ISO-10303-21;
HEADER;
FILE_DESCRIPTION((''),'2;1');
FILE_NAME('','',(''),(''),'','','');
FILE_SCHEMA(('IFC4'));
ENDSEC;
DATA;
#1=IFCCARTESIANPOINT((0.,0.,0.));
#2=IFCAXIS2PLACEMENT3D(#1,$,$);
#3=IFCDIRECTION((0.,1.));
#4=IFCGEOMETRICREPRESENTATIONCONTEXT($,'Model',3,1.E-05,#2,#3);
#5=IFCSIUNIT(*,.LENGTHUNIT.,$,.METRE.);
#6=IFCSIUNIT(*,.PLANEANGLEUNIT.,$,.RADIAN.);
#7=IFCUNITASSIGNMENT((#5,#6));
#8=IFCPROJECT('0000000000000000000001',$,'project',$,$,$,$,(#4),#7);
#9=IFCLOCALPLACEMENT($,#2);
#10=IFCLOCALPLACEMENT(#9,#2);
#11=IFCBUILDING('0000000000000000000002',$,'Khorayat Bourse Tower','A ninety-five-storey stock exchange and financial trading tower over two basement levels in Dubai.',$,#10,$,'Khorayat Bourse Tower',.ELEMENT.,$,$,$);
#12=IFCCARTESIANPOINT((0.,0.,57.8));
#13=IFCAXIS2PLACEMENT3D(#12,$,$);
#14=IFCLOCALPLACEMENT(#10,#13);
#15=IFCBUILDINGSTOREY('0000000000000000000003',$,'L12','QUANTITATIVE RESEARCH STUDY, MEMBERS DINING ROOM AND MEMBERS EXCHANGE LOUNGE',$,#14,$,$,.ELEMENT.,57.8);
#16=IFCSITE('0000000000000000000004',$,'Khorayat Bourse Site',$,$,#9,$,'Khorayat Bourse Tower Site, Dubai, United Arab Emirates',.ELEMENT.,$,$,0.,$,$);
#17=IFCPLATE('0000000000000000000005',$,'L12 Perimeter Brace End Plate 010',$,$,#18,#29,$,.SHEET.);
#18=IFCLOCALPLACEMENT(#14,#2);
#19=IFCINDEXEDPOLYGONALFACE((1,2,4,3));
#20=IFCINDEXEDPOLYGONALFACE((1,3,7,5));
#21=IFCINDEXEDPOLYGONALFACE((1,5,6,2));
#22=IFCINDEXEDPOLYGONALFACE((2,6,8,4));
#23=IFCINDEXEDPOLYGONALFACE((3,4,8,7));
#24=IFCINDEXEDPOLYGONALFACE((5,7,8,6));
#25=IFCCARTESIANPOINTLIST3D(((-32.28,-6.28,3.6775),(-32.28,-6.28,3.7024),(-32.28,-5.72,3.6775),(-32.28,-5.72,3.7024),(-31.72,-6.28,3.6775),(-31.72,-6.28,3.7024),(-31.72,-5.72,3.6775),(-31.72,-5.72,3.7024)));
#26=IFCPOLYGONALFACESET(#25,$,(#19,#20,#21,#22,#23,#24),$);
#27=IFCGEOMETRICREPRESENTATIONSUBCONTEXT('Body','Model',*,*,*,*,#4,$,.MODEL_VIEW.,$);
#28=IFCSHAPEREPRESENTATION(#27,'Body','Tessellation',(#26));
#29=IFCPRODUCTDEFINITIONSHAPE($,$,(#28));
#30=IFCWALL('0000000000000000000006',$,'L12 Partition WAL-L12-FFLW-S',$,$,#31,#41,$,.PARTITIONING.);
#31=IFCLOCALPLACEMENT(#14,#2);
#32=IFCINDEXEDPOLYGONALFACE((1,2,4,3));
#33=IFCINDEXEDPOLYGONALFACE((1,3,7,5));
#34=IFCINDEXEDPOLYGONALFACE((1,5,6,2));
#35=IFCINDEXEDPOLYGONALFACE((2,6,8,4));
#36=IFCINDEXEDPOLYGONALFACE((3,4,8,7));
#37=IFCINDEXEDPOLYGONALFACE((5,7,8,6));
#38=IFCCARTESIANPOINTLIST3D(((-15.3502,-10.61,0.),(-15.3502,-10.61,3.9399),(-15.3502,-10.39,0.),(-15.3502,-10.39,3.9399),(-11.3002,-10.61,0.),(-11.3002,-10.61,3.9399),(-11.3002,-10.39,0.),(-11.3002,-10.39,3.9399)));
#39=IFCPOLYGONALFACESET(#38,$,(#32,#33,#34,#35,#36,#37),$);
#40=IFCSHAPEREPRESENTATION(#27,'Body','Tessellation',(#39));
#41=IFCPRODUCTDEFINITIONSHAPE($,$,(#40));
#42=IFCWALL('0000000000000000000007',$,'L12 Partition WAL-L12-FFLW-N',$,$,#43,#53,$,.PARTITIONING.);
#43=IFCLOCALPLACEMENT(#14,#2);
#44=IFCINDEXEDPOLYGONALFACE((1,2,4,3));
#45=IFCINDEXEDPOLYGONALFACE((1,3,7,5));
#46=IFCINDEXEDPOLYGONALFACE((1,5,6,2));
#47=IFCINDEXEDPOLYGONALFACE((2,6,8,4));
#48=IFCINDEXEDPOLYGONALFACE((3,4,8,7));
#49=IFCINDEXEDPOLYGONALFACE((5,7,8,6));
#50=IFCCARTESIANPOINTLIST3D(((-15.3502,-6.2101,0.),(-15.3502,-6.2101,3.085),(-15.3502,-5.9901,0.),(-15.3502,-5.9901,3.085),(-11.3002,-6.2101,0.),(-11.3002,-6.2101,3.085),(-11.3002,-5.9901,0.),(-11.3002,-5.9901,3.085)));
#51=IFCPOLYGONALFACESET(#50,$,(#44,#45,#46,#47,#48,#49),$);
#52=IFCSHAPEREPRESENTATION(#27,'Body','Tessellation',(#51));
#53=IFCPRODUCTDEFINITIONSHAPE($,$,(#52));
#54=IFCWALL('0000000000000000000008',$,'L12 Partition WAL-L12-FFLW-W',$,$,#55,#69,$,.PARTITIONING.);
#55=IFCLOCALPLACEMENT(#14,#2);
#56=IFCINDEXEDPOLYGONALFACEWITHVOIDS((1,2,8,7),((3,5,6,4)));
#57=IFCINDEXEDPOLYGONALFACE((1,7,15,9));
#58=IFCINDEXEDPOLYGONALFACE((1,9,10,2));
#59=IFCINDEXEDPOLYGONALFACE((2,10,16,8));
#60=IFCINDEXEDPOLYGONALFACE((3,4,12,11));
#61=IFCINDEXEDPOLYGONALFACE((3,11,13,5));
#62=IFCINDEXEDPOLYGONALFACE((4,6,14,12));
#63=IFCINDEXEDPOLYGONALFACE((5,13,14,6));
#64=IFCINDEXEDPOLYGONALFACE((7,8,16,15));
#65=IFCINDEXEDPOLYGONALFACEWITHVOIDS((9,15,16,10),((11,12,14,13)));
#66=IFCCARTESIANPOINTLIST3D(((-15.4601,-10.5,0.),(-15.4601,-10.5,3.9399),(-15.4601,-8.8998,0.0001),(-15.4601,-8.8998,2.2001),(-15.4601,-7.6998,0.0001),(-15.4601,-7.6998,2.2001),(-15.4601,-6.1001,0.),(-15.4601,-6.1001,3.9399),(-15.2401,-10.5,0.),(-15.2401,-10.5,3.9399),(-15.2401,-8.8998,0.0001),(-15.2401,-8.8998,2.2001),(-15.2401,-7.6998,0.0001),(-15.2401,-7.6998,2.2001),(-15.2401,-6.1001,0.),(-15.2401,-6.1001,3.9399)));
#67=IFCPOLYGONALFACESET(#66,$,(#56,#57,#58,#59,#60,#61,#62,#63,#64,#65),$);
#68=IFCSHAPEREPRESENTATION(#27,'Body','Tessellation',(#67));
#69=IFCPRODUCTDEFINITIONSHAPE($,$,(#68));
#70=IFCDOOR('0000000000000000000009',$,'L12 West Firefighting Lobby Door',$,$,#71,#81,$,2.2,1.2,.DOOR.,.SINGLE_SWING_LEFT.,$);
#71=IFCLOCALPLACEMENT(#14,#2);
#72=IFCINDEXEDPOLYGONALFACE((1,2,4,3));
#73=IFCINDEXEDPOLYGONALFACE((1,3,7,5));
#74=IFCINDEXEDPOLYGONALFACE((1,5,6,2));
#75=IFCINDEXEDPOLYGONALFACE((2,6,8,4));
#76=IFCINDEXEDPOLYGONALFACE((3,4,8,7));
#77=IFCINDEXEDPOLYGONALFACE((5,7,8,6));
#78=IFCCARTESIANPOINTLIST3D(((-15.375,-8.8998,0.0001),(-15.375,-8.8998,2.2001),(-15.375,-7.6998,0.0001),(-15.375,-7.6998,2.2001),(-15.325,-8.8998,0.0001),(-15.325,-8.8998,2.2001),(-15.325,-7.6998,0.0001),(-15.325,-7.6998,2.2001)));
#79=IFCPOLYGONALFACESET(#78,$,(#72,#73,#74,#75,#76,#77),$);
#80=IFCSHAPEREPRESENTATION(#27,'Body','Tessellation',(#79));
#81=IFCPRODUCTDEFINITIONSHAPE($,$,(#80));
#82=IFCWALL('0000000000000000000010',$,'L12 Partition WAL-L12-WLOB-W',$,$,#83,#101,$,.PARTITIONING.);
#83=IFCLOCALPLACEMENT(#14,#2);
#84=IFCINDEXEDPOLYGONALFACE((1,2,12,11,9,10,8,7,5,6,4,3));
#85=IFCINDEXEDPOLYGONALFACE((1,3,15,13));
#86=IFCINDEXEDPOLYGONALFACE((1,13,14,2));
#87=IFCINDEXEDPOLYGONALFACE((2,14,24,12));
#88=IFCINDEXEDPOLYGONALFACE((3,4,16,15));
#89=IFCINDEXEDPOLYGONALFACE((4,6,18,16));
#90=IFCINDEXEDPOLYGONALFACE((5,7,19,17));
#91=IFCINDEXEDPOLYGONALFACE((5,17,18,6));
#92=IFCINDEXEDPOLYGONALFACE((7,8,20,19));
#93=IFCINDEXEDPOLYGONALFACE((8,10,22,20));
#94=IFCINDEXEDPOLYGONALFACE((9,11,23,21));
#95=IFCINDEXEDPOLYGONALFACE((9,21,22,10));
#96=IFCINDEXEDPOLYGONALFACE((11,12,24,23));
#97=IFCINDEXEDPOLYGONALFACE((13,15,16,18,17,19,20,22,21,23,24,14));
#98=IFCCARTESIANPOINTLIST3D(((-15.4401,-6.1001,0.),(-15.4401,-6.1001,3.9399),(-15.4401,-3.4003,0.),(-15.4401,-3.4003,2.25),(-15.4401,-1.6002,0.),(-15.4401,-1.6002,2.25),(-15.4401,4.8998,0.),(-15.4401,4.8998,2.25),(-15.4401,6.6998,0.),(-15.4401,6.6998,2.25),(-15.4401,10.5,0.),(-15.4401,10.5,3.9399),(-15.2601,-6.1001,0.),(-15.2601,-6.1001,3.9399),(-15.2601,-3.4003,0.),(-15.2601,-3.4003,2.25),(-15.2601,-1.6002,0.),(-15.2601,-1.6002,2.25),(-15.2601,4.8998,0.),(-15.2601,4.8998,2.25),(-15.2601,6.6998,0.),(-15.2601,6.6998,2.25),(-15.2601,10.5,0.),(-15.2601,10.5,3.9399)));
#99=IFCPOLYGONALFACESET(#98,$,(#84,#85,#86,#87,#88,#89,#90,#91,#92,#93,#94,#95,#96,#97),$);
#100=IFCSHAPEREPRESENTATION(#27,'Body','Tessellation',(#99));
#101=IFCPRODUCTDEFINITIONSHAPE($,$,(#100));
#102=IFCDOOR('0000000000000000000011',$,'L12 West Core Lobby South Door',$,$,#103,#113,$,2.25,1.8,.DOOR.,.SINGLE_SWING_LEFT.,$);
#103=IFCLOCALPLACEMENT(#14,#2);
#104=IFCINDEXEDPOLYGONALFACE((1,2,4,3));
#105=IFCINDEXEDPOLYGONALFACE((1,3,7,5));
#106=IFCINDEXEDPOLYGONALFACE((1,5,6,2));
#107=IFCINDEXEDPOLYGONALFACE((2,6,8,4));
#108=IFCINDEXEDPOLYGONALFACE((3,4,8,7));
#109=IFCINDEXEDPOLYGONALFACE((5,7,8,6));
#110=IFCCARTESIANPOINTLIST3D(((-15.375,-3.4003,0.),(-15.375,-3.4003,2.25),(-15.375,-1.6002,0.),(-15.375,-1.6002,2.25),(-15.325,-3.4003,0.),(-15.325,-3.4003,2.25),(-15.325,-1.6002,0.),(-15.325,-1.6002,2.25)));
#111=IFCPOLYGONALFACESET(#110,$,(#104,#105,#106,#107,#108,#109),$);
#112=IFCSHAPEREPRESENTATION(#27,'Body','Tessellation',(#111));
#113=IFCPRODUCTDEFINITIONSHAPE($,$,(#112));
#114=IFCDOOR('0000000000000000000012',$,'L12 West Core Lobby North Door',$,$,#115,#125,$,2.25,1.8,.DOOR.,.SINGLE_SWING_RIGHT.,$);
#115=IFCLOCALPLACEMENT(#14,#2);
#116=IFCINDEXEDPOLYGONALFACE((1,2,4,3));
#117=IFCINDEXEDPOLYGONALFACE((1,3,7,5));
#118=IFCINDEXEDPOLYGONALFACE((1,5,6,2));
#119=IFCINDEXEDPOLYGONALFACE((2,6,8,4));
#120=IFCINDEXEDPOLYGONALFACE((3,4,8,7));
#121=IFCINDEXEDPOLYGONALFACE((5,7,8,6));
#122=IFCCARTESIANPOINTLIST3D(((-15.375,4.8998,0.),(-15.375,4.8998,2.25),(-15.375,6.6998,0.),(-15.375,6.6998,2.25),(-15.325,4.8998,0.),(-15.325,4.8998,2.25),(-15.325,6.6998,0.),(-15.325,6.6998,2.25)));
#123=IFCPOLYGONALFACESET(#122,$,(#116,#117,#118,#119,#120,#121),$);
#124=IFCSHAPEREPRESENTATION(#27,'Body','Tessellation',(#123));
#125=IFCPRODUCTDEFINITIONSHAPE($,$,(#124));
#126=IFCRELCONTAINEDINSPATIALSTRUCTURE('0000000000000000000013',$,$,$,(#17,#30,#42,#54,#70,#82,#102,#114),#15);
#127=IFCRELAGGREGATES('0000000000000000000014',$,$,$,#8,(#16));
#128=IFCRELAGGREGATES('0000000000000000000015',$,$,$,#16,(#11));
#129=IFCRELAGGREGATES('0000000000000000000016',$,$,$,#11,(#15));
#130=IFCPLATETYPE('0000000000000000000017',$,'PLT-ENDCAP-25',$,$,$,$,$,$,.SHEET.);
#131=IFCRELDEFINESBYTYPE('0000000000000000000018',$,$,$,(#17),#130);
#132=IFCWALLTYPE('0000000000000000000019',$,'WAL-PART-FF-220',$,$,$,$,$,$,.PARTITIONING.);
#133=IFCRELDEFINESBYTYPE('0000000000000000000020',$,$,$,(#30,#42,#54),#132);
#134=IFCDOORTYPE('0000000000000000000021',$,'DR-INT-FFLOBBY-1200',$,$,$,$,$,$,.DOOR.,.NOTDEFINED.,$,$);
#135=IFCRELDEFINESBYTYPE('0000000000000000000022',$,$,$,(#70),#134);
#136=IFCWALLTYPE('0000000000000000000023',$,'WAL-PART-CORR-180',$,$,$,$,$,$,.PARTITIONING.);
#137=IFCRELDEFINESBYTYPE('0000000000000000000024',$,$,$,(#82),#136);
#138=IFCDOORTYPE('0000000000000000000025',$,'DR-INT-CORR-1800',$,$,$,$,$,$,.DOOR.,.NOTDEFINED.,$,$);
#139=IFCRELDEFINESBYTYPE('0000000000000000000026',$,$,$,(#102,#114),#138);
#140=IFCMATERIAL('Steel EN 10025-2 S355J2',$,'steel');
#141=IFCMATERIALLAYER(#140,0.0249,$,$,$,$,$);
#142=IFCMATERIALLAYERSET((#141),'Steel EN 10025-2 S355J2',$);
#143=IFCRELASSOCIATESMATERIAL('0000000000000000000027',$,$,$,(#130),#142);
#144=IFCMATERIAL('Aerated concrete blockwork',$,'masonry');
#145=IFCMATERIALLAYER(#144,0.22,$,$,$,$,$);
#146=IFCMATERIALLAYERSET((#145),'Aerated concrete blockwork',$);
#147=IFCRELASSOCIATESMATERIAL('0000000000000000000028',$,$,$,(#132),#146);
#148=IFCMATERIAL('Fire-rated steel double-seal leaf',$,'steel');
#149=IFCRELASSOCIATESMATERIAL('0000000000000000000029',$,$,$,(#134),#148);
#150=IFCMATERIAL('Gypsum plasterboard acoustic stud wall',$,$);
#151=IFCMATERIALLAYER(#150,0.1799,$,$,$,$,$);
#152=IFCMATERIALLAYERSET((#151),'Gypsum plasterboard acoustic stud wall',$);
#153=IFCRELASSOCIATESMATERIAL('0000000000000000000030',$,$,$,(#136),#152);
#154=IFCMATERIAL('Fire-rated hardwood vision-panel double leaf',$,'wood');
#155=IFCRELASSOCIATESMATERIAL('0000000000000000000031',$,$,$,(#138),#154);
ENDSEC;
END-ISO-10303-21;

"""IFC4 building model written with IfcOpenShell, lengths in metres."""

from ifc_helpers import new_model, si_unit, direction, frame, frame_2d, origin, origin_2d, place, context, subcontext, project, spatial, rectangle, extrude, source, transform, mapped, material, layer, layer_set, type_object, element, fill, save


model = new_model("IFC4")

# Units and contexts
model_context = context("Model", 3, precision=1e-05, world=origin(), true_north=direction((0.0, 1.0)))
body_context = subcontext(model_context, "Body", "Model", "MODEL_VIEW")
ifc_project = project(units=[si_unit("LENGTHUNIT", "METRE"), si_unit("PLANEANGLEUNIT", "RADIAN")], contexts=[model_context])

# Site, building, storey
site_placement = place(None, origin())
site = spatial("IfcSite", under=ifc_project, at=site_placement, Name="Khorayat Bourse Site", LongName="Khorayat Bourse Tower Site, Dubai, United Arab Emirates", CompositionType="ELEMENT", RefElevation=0.0)
building_placement = place(site_placement, origin())
building = spatial("IfcBuilding", under=site, at=building_placement, Name="Khorayat Bourse Tower", Description="A ninety-five-storey stock exchange and financial trading tower over two basement levels in Dubai.", LongName="Khorayat Bourse Tower", CompositionType="ELEMENT")
storey_placement = place(building_placement, frame((0.0, 0.0, 57.8)))
storey = spatial("IfcBuildingStorey", under=building, at=storey_placement, Name="L12", Description="QUANTITATIVE RESEARCH STUDY, MEMBERS DINING ROOM AND MEMBERS EXCHANGE LOUNGE", CompositionType="ELEMENT", Elevation=57.8)

# Plate
ifc_material_1 = material(Name="Steel EN 10025-2 S355J2", Category="steel")
ifc_layer_1 = layer(ifc_material_1, 0.0249)
ifc_layer_set_1 = layer_set([ifc_layer_1], Name="Steel EN 10025-2 S355J2")
plate_type = type_object("IfcPlateType", Name="PLT-ENDCAP-25", PredefinedType="SHEET", material=ifc_layer_set_1)
shared_shape_1 = source(origin(), body_context, "Body", "SweptSolid", [
    extrude(rectangle(XDim=0.5601, YDim=0.5601, at=origin_2d()), origin(), (0.0, 0.0, 1.0), 0.0249),
])
plate_placement = place(storey_placement, frame((-32.0, -6.0, 3.6775), z_axis=(0.0, 0.0, 1.0), x_axis=(1.0, 0.0, 0.0)))
element("IfcPlate", 1, at=plate_placement, inside=storey, type_object=plate_type, Name="L12 Perimeter Brace End Plate 010", PredefinedType="SHEET", context=body_context, shape_type="MappedRepresentation", body=[
    mapped(shared_shape_1, transform((0.0, 0.0, 0.0), scale=1.0)),
])

# Walls
ifc_material_2 = material(Name="Aerated concrete blockwork", Category="masonry")
ifc_layer_2 = layer(ifc_material_2, 0.22)
ifc_layer_set_2 = layer_set([ifc_layer_2], Name="Aerated concrete blockwork")
wall_type_1 = type_object("IfcWallType", Name="WAL-PART-FF-220", PredefinedType="PARTITIONING", material=ifc_layer_set_2)
shared_shape_2 = source(origin(), body_context, "Body", "SweptSolid", [
    extrude(rectangle(XDim=4.05, YDim=0.22, at=frame_2d((2.0249, 0.0))), origin(), (0.0, 0.0, 1.0), 3.9399),
])
wall_1_placement = place(storey_placement, frame((-15.3501, -10.5, 0.0), z_axis=(0.0, 0.0, 1.0), x_axis=(1.0, 0.0, 0.0)))
element("IfcWall", 2, at=wall_1_placement, inside=storey, type_object=wall_type_1, Name="L12 Partition WAL-L12-FFLW-S", PredefinedType="PARTITIONING", context=body_context, shape_type="MappedRepresentation", body=[
    mapped(shared_shape_2, transform((0.0, 0.0, 0.0), scale=1.0)),
])
shared_shape_3 = source(origin(), body_context, "Body", "SweptSolid", [
    extrude(rectangle(XDim=4.05, YDim=0.22, at=frame_2d((2.0249, 0.0))), origin(), (0.0, 0.0, 1.0), 3.085),
])
wall_2_placement = place(storey_placement, frame((-15.3501, -6.1001, 0.0), z_axis=(0.0, 0.0, 1.0), x_axis=(1.0, 0.0, 0.0)))
element("IfcWall", 3, at=wall_2_placement, inside=storey, type_object=wall_type_1, Name="L12 Partition WAL-L12-FFLW-N", PredefinedType="PARTITIONING", context=body_context, shape_type="MappedRepresentation", body=[
    mapped(shared_shape_3, transform((0.0, 0.0, 0.0), scale=1.0)),
])

# Wall, opening, door
shared_shape_4 = source(origin(), body_context, "Body", "SweptSolid", [
    extrude(rectangle(XDim=4.3999, YDim=0.22, at=frame_2d((2.2, 0.0))), origin(), (0.0, 0.0, 1.0), 3.9399),
])
wall_3_placement = place(storey_placement, frame((-15.3501, -10.5, 0.0), z_axis=(0.0, 0.0, 1.0), x_axis=(0.0, 1.0, 0.0)))
wall_3 = element("IfcWall", 4, at=wall_3_placement, inside=storey, type_object=wall_type_1, Name="L12 Partition WAL-L12-FFLW-W", PredefinedType="PARTITIONING", context=body_context, shape_type="MappedRepresentation", body=[
    mapped(shared_shape_4, transform((0.0, 0.0, 0.0), scale=1.0)),
])
shared_shape_5 = source(origin(), body_context, "Body", "SweptSolid", [
    extrude(rectangle(XDim=1.2, YDim=2.2, at=frame_2d((0.6001, 1.1001))), frame((0.0, 0.1199, 0.0), z_axis=(0.0, -1.0, 0.0), x_axis=(1.0, 0.0, 0.0)), (0.0, 0.0, 1.0), 0.24),
])
opening_1_placement = place(wall_3_placement, frame((1.6001, 0.0, 0.0)))
opening_1 = element("IfcOpeningElement", 5, at=opening_1_placement, cuts=wall_3, PredefinedType="OPENING", context=body_context, shape_type="MappedRepresentation", body=[
    mapped(shared_shape_5, transform((0.0, 0.0, 0.0), scale=1.0)),
])
ifc_material_3 = material(Name="Fire-rated steel double-seal leaf", Category="steel")
door_type_1 = type_object("IfcDoorType", Name="DR-INT-FFLOBBY-1200", OperationType="NOTDEFINED", PredefinedType="DOOR", material=ifc_material_3)
shared_shape_6 = source(origin(), body_context, "Body", "SweptSolid", [
    extrude(rectangle(XDim=1.2, YDim=2.2, at=frame_2d((0.6001, 1.1001))), frame((0.0, 0.0249, 0.0), z_axis=(0.0, -1.0, 0.0), x_axis=(1.0, 0.0, 0.0)), (0.0, 0.0, 1.0), 0.05),
])
door_1_placement = place(opening_1_placement, origin())
door_1 = element("IfcDoor", 6, at=door_1_placement, inside=storey, type_object=door_type_1, Name="L12 West Firefighting Lobby Door", OperationType="SINGLE_SWING_LEFT", OverallHeight=2.2, OverallWidth=1.2, PredefinedType="DOOR", context=body_context, shape_type="MappedRepresentation", body=[
    mapped(shared_shape_6, transform((0.0, 0.0, 0.0), scale=1.0)),
])
fill(opening_1, door_1)

# Wall, openings, doors
ifc_material_4 = material(Name="Gypsum plasterboard acoustic stud wall")
ifc_layer_3 = layer(ifc_material_4, 0.1799)
ifc_layer_set_3 = layer_set([ifc_layer_3], Name="Gypsum plasterboard acoustic stud wall")
wall_type_2 = type_object("IfcWallType", Name="WAL-PART-CORR-180", PredefinedType="PARTITIONING", material=ifc_layer_set_3)
shared_shape_7 = source(origin(), body_context, "Body", "SweptSolid", [
    extrude(rectangle(XDim=16.6001, YDim=0.1799, at=frame_2d((8.3, 0.0))), origin(), (0.0, 0.0, 1.0), 3.9399),
])
wall_4_placement = place(storey_placement, frame((-15.3501, -6.1001, 0.0), z_axis=(0.0, 0.0, 1.0), x_axis=(0.0, 1.0, 0.0)))
wall_4 = element("IfcWall", 7, at=wall_4_placement, inside=storey, type_object=wall_type_2, Name="L12 Partition WAL-L12-WLOB-W", PredefinedType="PARTITIONING", context=body_context, shape_type="MappedRepresentation", body=[
    mapped(shared_shape_7, transform((0.0, 0.0, 0.0), scale=1.0)),
])
shared_shape_8 = source(origin(), body_context, "Body", "SweptSolid", [
    extrude(rectangle(XDim=1.8, YDim=2.25, at=frame_2d((0.8999, 1.125))), frame((0.0, 0.0999, 0.0), z_axis=(0.0, -1.0, 0.0), x_axis=(1.0, 0.0, 0.0)), (0.0, 0.0, 1.0), 0.2),
])
opening_2_placement = place(wall_4_placement, frame((2.7, 0.0, 0.0)))
opening_2 = element("IfcOpeningElement", 8, at=opening_2_placement, cuts=wall_4, PredefinedType="OPENING", context=body_context, shape_type="MappedRepresentation", body=[
    mapped(shared_shape_8, transform((0.0, 0.0, 0.0), scale=1.0)),
])
opening_3_placement = place(wall_4_placement, frame((11.0, 0.0, 0.0)))
opening_3 = element("IfcOpeningElement", 9, at=opening_3_placement, cuts=wall_4, PredefinedType="OPENING", context=body_context, shape_type="MappedRepresentation", body=[
    mapped(shared_shape_8, transform((0.0, 0.0, 0.0), scale=1.0)),
])
ifc_material_5 = material(Name="Fire-rated hardwood vision-panel double leaf", Category="wood")
door_type_2 = type_object("IfcDoorType", Name="DR-INT-CORR-1800", OperationType="NOTDEFINED", PredefinedType="DOOR", material=ifc_material_5)
shared_shape_9 = source(origin(), body_context, "Body", "SweptSolid", [
    extrude(rectangle(XDim=1.8, YDim=2.25, at=frame_2d((0.8999, 1.125))), frame((0.0, 0.0249, 0.0), z_axis=(0.0, -1.0, 0.0), x_axis=(1.0, 0.0, 0.0)), (0.0, 0.0, 1.0), 0.05),
])
door_2_placement = place(opening_2_placement, origin())
door_2 = element("IfcDoor", 10, at=door_2_placement, inside=storey, type_object=door_type_2, Name="L12 West Core Lobby South Door", OperationType="SINGLE_SWING_LEFT", OverallHeight=2.25, OverallWidth=1.8, PredefinedType="DOOR", context=body_context, shape_type="MappedRepresentation", body=[
    mapped(shared_shape_9, transform((0.0, 0.0, 0.0), scale=1.0)),
])
fill(opening_2, door_2)
door_3_placement = place(opening_3_placement, origin())
door_3 = element("IfcDoor", 11, at=door_3_placement, inside=storey, type_object=door_type_2, Name="L12 West Core Lobby North Door", OperationType="SINGLE_SWING_RIGHT", OverallHeight=2.25, OverallWidth=1.8, PredefinedType="DOOR", context=body_context, shape_type="MappedRepresentation", body=[
    mapped(shared_shape_9, transform((0.0, 0.0, 0.0), scale=1.0)),
])
fill(opening_3, door_3)

save(model, "model.ifc")
